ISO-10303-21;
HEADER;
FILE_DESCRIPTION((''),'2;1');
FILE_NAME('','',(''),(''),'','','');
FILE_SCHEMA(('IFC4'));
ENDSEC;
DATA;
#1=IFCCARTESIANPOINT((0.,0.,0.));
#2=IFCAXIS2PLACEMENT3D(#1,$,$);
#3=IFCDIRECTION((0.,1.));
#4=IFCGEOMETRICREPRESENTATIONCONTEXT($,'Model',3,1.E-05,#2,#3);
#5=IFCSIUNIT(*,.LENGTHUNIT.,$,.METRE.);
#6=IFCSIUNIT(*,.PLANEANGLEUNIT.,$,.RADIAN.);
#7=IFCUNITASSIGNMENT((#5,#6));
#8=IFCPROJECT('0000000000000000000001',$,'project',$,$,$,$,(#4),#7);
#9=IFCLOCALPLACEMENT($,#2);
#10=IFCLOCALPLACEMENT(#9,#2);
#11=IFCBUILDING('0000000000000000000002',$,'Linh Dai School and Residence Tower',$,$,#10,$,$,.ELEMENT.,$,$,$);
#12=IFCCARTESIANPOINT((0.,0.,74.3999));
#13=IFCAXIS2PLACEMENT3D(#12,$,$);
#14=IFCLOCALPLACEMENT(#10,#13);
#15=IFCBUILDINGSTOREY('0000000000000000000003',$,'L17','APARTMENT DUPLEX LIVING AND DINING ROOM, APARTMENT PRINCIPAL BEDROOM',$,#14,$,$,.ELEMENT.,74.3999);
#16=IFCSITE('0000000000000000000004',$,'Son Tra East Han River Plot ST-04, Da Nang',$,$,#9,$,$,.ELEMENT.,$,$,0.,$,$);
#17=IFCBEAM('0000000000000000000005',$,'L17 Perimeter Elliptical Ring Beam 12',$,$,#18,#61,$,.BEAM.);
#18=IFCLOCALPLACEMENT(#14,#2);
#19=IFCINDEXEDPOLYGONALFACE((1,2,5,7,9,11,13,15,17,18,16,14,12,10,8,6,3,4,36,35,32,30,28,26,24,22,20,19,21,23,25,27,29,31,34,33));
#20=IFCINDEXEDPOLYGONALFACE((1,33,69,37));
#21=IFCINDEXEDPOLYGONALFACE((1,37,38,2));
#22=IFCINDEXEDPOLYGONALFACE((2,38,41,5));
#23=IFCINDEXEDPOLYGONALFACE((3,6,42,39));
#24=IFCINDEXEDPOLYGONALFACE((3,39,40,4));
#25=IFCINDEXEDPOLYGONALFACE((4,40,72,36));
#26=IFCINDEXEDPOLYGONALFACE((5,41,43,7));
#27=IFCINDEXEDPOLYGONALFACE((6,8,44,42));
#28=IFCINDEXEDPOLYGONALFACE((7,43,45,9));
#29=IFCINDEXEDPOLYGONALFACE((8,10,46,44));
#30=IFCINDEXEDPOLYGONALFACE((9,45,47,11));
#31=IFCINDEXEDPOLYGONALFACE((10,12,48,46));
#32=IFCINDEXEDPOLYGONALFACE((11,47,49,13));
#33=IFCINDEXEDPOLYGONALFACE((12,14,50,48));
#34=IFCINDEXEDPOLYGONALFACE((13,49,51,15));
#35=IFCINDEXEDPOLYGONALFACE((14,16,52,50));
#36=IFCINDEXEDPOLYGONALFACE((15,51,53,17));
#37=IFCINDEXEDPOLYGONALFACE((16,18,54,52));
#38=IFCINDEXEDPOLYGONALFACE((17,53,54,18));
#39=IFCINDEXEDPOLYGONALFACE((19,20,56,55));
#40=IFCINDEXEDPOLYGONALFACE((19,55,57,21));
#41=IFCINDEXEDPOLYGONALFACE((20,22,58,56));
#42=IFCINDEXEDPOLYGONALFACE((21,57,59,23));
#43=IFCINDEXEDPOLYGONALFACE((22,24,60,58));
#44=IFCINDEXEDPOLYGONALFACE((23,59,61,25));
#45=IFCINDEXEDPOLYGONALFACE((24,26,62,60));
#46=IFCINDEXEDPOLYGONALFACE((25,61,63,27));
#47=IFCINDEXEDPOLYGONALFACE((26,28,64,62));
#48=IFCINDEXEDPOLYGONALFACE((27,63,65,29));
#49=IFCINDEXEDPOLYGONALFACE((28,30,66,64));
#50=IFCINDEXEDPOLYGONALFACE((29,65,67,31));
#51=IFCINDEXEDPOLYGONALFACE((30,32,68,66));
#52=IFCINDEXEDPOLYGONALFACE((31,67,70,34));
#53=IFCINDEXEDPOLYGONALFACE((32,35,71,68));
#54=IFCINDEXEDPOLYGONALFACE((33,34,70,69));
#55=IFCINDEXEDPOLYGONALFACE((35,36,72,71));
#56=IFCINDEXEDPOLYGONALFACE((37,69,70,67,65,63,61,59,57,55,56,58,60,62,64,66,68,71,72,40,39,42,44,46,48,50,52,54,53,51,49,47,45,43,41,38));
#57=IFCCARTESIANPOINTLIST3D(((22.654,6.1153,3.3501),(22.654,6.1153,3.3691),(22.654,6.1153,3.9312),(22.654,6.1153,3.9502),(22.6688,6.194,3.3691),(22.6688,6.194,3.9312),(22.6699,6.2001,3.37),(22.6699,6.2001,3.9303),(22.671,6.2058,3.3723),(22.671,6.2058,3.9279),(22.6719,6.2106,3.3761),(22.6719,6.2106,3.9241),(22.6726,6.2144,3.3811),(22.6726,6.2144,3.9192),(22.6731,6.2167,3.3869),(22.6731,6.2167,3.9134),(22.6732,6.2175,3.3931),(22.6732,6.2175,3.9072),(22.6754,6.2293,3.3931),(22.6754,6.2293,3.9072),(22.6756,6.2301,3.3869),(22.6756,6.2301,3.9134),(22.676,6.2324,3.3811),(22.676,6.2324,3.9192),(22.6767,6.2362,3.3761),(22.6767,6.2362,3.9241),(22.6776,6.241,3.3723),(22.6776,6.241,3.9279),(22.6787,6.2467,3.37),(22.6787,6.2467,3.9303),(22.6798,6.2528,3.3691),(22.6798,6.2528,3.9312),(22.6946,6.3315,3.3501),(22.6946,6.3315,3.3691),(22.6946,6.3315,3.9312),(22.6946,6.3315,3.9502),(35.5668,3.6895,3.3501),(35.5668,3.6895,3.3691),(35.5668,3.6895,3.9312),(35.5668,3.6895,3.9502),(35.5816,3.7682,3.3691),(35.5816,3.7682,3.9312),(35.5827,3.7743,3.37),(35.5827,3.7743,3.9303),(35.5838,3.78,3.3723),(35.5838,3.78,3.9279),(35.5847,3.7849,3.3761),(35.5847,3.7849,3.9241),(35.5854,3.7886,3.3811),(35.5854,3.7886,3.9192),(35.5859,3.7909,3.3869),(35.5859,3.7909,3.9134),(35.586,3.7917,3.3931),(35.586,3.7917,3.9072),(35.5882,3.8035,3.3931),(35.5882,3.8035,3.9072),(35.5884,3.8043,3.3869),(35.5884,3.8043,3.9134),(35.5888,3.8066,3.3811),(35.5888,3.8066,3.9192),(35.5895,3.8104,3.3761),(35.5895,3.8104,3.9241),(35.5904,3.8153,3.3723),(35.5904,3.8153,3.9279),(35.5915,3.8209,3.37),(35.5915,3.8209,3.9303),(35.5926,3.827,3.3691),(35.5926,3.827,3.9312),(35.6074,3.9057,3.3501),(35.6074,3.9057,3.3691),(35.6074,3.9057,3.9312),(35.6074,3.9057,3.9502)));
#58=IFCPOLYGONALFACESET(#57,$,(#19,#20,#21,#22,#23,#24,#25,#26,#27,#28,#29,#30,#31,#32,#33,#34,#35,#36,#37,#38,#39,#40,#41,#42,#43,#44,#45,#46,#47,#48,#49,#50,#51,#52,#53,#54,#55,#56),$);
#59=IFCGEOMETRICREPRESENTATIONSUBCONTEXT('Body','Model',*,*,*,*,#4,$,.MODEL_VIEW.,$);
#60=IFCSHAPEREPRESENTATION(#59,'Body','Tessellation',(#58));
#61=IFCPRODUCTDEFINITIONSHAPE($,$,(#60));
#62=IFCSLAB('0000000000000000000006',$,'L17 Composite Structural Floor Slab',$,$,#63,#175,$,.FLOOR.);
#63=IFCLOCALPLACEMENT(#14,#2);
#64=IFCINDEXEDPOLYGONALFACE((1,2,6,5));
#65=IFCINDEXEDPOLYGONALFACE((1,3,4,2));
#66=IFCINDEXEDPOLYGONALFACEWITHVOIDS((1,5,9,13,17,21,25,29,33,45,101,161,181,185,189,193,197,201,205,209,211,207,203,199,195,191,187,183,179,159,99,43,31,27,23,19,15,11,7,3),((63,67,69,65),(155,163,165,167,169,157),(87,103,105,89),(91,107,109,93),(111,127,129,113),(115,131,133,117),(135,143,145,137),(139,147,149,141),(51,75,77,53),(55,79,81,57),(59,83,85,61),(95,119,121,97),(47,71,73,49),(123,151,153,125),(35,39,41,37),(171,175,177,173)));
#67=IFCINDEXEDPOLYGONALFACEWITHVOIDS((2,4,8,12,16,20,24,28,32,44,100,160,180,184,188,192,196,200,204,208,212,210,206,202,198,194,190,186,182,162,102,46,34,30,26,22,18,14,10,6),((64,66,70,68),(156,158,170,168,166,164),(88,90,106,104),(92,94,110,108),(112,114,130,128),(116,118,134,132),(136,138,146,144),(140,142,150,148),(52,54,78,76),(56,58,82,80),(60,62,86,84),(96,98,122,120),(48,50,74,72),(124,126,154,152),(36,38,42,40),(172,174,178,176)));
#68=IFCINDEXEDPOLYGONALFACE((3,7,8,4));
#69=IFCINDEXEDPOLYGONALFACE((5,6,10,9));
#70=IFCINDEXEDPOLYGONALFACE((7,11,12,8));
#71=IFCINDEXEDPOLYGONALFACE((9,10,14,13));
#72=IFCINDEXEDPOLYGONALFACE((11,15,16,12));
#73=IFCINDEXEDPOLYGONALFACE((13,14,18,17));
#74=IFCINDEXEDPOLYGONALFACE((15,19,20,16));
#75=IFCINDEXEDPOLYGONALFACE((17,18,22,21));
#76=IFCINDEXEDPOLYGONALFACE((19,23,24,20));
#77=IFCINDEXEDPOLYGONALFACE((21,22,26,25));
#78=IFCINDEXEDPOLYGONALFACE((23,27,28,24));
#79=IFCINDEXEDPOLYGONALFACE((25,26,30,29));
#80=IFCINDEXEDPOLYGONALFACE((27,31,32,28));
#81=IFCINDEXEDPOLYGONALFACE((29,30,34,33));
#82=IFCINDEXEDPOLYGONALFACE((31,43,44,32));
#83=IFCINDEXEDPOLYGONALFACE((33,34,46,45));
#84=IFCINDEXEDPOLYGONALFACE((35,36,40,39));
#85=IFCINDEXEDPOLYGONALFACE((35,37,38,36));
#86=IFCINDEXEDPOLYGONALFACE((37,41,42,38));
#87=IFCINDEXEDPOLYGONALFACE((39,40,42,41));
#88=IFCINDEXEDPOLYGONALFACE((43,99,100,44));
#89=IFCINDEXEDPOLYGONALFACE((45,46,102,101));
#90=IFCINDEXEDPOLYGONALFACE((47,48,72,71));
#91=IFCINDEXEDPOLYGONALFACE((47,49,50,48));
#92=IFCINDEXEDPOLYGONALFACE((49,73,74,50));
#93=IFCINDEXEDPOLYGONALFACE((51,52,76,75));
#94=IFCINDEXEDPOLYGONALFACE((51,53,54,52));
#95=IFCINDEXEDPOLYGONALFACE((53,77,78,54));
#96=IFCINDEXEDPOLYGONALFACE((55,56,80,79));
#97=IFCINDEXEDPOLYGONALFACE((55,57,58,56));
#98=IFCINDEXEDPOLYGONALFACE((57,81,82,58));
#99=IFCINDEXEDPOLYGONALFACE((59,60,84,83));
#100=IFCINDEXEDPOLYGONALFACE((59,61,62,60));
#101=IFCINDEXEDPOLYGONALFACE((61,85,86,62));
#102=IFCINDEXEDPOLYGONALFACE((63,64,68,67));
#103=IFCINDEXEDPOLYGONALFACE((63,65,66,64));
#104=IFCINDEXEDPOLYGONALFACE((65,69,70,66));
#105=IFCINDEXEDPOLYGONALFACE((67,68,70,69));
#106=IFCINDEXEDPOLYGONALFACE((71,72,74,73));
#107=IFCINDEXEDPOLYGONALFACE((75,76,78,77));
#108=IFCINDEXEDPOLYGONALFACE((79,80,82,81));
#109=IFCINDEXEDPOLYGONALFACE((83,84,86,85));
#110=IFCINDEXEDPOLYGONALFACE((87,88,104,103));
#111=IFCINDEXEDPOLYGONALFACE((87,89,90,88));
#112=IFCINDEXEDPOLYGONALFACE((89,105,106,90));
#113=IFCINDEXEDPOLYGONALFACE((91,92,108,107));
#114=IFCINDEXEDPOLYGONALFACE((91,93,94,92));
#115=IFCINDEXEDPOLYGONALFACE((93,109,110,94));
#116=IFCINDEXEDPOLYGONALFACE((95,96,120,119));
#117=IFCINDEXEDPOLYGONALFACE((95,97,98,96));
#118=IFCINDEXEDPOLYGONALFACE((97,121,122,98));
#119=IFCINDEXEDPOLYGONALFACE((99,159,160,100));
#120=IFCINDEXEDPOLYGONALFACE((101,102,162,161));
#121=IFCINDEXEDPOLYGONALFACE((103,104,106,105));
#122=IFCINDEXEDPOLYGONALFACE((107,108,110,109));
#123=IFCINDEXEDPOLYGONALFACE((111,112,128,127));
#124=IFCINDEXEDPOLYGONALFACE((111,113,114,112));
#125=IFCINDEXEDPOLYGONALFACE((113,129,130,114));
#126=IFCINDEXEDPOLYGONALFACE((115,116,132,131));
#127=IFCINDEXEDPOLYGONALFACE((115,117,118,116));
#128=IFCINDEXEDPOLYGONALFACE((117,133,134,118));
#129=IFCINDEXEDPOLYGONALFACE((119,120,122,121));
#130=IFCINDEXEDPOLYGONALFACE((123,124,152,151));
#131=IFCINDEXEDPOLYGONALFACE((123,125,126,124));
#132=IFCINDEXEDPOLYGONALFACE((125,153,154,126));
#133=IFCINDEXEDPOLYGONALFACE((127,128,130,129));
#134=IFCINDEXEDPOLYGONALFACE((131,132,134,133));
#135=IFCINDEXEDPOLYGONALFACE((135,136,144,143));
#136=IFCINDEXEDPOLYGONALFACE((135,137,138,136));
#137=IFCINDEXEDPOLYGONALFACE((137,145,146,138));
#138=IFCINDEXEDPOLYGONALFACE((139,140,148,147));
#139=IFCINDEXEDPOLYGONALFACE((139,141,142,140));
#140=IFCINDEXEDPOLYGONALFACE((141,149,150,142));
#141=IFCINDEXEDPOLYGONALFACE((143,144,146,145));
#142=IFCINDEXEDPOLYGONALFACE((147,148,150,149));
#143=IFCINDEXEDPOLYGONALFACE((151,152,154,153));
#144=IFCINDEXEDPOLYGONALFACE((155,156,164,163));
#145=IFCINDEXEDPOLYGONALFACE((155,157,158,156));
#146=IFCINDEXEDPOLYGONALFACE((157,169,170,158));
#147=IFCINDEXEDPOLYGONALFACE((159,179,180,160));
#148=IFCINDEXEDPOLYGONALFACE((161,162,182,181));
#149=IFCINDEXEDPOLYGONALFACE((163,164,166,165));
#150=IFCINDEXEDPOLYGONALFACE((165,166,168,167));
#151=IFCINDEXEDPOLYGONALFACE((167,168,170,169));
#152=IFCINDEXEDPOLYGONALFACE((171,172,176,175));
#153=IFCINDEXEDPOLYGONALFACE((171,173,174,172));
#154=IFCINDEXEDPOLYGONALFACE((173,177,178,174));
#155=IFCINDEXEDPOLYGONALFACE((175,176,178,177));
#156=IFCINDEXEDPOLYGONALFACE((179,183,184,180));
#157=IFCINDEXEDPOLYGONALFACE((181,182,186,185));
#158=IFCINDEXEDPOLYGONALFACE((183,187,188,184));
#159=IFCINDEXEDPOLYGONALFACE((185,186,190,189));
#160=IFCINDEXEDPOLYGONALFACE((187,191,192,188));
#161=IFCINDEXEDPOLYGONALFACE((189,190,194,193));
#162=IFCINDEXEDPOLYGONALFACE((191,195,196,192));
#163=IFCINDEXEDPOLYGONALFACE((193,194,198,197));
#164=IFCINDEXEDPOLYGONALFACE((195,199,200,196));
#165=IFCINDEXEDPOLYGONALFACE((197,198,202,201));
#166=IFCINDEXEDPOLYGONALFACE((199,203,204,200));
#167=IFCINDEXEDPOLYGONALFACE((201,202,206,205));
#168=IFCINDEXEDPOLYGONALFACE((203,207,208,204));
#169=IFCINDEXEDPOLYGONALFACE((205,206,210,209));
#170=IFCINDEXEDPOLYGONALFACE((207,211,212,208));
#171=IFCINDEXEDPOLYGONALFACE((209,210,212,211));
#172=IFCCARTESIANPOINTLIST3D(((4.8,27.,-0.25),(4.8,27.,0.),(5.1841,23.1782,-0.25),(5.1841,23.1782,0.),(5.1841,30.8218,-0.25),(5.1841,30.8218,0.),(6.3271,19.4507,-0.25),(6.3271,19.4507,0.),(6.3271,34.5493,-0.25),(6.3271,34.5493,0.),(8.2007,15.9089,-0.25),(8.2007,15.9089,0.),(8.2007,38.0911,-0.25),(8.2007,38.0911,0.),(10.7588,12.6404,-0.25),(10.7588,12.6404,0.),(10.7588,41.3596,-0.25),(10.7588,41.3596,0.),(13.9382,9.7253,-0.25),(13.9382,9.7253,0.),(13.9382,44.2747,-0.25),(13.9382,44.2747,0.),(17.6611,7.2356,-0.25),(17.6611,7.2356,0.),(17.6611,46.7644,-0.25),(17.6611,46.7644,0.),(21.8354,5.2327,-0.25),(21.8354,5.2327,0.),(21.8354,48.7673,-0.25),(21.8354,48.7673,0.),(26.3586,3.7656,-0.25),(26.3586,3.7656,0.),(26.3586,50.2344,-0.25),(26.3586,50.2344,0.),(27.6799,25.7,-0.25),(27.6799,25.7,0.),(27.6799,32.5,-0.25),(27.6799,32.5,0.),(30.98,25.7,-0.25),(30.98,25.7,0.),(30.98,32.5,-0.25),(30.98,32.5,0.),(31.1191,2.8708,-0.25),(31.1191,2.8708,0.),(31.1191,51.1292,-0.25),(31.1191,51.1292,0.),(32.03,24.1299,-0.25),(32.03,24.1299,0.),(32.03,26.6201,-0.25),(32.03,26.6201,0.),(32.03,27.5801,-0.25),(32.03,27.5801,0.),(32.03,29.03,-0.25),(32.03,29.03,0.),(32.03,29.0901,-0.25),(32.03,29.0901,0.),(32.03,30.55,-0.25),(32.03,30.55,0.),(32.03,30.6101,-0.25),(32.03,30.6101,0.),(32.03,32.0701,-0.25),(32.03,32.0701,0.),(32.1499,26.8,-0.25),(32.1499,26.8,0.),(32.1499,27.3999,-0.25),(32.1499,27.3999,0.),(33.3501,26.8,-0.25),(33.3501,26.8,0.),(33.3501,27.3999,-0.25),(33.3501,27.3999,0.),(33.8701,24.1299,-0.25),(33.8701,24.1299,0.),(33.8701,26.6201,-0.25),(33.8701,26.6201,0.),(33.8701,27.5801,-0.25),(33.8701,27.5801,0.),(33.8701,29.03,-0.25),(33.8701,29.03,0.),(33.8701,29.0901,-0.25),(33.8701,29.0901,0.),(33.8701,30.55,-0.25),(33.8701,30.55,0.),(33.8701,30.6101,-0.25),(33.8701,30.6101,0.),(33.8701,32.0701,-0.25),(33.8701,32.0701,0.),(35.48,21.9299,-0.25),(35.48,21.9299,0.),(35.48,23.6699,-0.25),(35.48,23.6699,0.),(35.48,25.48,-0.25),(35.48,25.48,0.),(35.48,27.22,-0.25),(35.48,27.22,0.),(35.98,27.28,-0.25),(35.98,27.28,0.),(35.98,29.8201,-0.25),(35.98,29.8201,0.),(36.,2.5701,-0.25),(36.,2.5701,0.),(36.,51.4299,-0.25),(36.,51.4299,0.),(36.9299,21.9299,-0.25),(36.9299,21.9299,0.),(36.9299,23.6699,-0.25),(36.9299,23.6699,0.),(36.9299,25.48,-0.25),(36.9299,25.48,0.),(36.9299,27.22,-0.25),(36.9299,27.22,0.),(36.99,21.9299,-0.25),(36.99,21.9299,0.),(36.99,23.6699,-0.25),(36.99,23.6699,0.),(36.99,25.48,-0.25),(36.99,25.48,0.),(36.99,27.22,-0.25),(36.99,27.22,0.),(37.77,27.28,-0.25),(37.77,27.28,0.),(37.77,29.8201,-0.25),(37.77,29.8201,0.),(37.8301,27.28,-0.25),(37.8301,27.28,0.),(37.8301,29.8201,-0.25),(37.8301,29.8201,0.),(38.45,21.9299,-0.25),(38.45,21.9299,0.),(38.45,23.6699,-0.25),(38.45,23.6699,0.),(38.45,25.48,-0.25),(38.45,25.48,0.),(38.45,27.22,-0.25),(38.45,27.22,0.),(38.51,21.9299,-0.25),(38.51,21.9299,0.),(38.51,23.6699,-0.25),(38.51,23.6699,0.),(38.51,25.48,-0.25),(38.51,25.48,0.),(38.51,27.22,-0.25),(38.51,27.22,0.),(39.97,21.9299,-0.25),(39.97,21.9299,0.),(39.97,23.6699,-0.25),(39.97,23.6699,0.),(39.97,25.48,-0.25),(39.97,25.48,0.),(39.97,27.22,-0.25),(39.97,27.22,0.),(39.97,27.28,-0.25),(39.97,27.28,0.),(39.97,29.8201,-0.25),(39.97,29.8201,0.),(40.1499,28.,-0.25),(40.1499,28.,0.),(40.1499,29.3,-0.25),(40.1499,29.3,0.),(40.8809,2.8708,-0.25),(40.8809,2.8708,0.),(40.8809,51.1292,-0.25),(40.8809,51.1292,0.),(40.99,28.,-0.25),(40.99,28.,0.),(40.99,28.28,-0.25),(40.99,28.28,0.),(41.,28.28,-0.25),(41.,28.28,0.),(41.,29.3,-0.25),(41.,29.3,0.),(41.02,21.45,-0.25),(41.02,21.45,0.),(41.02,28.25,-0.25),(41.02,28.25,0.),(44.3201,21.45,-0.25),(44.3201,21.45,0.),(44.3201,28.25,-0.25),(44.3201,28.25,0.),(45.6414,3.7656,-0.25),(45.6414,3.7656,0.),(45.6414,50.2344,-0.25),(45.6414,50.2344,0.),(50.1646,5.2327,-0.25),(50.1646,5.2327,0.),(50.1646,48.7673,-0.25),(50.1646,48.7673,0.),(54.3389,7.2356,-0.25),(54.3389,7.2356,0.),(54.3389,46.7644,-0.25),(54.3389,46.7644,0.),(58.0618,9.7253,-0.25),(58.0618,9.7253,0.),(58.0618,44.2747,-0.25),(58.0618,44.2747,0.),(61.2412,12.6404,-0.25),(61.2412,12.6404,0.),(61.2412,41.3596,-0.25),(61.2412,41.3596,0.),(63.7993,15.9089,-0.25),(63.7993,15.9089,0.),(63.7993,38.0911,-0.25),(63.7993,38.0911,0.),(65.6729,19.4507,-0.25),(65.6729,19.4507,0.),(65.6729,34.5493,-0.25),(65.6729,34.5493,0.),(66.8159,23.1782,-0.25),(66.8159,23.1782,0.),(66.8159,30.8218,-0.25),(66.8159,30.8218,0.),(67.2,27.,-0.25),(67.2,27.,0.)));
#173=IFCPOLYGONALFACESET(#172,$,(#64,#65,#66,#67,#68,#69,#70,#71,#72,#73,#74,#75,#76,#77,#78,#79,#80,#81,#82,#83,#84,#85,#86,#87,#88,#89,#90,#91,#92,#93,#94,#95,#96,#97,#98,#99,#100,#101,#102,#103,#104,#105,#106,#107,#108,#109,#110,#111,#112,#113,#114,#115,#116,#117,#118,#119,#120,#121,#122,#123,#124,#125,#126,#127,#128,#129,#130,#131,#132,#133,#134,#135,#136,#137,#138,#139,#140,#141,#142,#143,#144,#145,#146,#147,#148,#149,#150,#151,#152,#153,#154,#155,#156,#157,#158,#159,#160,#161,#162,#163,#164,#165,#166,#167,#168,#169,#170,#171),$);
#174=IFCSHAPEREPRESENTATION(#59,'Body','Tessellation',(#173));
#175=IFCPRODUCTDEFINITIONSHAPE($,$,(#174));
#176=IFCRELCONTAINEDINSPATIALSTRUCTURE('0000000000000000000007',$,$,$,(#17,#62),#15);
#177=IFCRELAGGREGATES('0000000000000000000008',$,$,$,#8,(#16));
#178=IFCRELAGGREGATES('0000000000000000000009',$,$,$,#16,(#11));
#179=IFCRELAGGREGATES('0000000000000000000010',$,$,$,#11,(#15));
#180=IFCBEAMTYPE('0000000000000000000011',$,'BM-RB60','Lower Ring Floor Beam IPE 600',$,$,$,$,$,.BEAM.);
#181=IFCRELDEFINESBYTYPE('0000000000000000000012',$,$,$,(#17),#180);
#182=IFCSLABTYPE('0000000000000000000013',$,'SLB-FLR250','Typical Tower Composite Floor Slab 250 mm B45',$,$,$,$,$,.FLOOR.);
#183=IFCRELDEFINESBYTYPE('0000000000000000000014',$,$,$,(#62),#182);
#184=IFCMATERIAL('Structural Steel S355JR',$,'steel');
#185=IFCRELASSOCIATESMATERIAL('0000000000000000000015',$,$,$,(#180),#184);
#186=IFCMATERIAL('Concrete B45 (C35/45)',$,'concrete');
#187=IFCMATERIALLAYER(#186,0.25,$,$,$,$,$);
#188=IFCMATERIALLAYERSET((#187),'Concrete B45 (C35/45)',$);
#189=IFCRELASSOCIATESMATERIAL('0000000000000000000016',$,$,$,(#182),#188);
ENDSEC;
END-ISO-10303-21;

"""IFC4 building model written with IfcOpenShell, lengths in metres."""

from ifc_helpers import new_model, si_unit, direction, frame, origin, origin_2d, place, context, subcontext, project, spatial, polyline, i_section, outline, extrude, material, layer, layer_set, material_profile, profile_set, type_object, element, save


model = new_model("IFC4")

# Units and contexts
model_context = context("Model", 3, precision=1e-05, world=origin(), true_north=direction((0.0, 1.0)))
body_context = subcontext(model_context, "Body", "Model", "MODEL_VIEW")
ifc_project = project(units=[si_unit("LENGTHUNIT", "METRE"), si_unit("PLANEANGLEUNIT", "RADIAN")], contexts=[model_context])

# Site, building, storey
site_placement = place(None, origin())
site = spatial("IfcSite", under=ifc_project, at=site_placement, Name="Son Tra East Han River Plot ST-04, Da Nang", CompositionType="ELEMENT", RefElevation=0.0)
building_placement = place(site_placement, origin())
building = spatial("IfcBuilding", under=site, at=building_placement, Name="Linh Dai School and Residence Tower", CompositionType="ELEMENT")
storey_placement = place(building_placement, frame((0.0, 0.0, 74.3999)))
storey = spatial("IfcBuildingStorey", under=building, at=storey_placement, Name="L17", Description="APARTMENT DUPLEX LIVING AND DINING ROOM, APARTMENT PRINCIPAL BEDROOM", CompositionType="ELEMENT", Elevation=74.3999)

# Shared definitions
ifc_material_1 = material(Name="Structural Steel S355JR", Category="steel")

# Beam
ifc_material_profile_1 = material_profile(ifc_material_1, i_section(OverallWidth=0.22, OverallDepth=0.6001, WebThickness=0.012, FlangeThickness=0.019, FilletRadius=0.0239, at=origin_2d()), Name="IPE 600")
ifc_profile_set_1 = profile_set([ifc_material_profile_1], Name="Structural Steel S355JR")
beam_type_1 = type_object("IfcBeamType", Name="BM-RB60", Description="Lower Ring Floor Beam IPE 600", PredefinedType="BEAM", material=ifc_profile_set_1)
beam_1_placement = place(storey_placement, frame((22.6743, 6.2234, 3.6501), z_axis=(0.982808, -0.184628, 0.0), x_axis=(0.184628, 0.982808, 0.0)))
element("IfcBeam", 1, at=beam_1_placement, inside=storey, type_object=beam_type_1, Name="L17 Perimeter Elliptical Ring Beam 12", PredefinedType="BEAM", context=body_context, shape_type="SweptSolid", body=[
    extrude(i_section(OverallWidth=0.22, OverallDepth=0.6001, WebThickness=0.012, FlangeThickness=0.019, FilletRadius=0.0239, at=origin_2d()), origin(), (0.0, 0.0, 1.0), 13.1387),
])

# Slab
ifc_material_2 = material(Name="Concrete B45 (C35/45)", Category="concrete")
ifc_layer_1 = layer(ifc_material_2, 0.25)
ifc_layer_set_1 = layer_set([ifc_layer_1], Name="Concrete B45 (C35/45)")
slab_type_1 = type_object("IfcSlabType", Name="SLB-FLR250", Description="Typical Tower Composite Floor Slab 250 mm B45", PredefinedType="FLOOR", material=ifc_layer_set_1)
slab_1_placement = place(storey_placement, frame((0.0, 0.0, -0.25)))
element("IfcSlab", 2, at=slab_1_placement, inside=storey, type_object=slab_type_1, Name="L17 Composite Structural Floor Slab", PredefinedType="FLOOR", context=body_context, shape_type="SweptSolid", body=[
    extrude(outline(polyline([(67.2, 27.0), (66.8159, 30.8218), (65.6729, 34.5493), (63.7993, 38.0911), (61.2412, 41.3596), (58.0618, 44.2747), (54.3389, 46.7644), (50.1646, 48.7673), (45.6414, 50.2344), (40.8809, 51.1292), (36.0, 51.4299), (31.1191, 51.1292), (26.3586, 50.2344), (21.8354, 48.7673), (17.6611, 46.7644), (13.9382, 44.2747), (10.7588, 41.3596), (8.2007, 38.0911), (6.3271, 34.5493), (5.1841, 30.8218), (4.8, 27.0), (5.1841, 23.1782), (6.3271, 19.4507), (8.2007, 15.9089), (10.7588, 12.6404), (13.9382, 9.7253), (17.6611, 7.2356), (21.8354, 5.2327), (26.3586, 3.7656), (31.1191, 2.8708), (36.0, 2.5701), (40.8809, 2.8708), (45.6414, 3.7656), (50.1646, 5.2327), (54.3389, 7.2356), (58.0618, 9.7253), (61.2412, 12.6404), (63.7993, 15.9089), (65.6729, 19.4507), (66.8159, 23.1782), (67.2, 27.0)]), holes=[polyline([(30.98, 25.7), (30.98, 32.5), (27.6799, 32.5), (27.6799, 25.7), (30.98, 25.7)]), polyline([(41.02, 28.25), (41.02, 21.45), (44.3201, 21.45), (44.3201, 28.25), (41.02, 28.25)]), polyline([(35.98, 27.28), (37.77, 27.28), (37.77, 29.8201), (35.98, 29.8201), (35.98, 27.28)]), polyline([(32.03, 24.1299), (33.8701, 24.1299), (33.8701, 26.6201), (32.03, 26.6201), (32.03, 24.1299)]), polyline([(37.8301, 27.28), (39.97, 27.28), (39.97, 29.8201), (37.8301, 29.8201), (37.8301, 27.28)]), polyline([(35.48, 21.9299), (36.9299, 21.9299), (36.9299, 23.6699), (35.48, 23.6699), (35.48, 21.9299)]), polyline([(36.99, 21.9299), (38.45, 21.9299), (38.45, 23.6699), (36.99, 23.6699), (36.99, 21.9299)]), polyline([(38.51, 21.9299), (39.97, 21.9299), (39.97, 23.6699), (38.51, 23.6699), (38.51, 21.9299)]), polyline([(32.03, 27.5801), (33.8701, 27.5801), (33.8701, 29.03), (32.03, 29.03), (32.03, 27.5801)]), polyline([(32.03, 29.0901), (33.8701, 29.0901), (33.8701, 30.55), (32.03, 30.55), (32.03, 29.0901)]), polyline([(32.03, 30.6101), (33.8701, 30.6101), (33.8701, 32.0701), (32.03, 32.0701), (32.03, 30.6101)]), polyline([(35.48, 25.48), (36.9299, 25.48), (36.9299, 27.22), (35.48, 27.22), (35.48, 25.48)]), polyline([(36.99, 25.48), (38.45, 25.48), (38.45, 27.22), (36.99, 27.22), (36.99, 25.48)]), polyline([(38.51, 25.48), (39.97, 25.48), (39.97, 27.22), (38.51, 27.22), (38.51, 25.48)]), polyline([(40.1499, 28.0), (40.1499, 29.3), (41.0, 29.3), (41.0, 28.28), (40.99, 28.28), (40.99, 28.0), (40.1499, 28.0)]), polyline([(32.1499, 26.8), (33.3501, 26.8), (33.3501, 27.3999), (32.1499, 27.3999), (32.1499, 26.8)])]), origin(), (0.0, 0.0, 1.0), 0.25),
])

save(model, "model.ifc")
